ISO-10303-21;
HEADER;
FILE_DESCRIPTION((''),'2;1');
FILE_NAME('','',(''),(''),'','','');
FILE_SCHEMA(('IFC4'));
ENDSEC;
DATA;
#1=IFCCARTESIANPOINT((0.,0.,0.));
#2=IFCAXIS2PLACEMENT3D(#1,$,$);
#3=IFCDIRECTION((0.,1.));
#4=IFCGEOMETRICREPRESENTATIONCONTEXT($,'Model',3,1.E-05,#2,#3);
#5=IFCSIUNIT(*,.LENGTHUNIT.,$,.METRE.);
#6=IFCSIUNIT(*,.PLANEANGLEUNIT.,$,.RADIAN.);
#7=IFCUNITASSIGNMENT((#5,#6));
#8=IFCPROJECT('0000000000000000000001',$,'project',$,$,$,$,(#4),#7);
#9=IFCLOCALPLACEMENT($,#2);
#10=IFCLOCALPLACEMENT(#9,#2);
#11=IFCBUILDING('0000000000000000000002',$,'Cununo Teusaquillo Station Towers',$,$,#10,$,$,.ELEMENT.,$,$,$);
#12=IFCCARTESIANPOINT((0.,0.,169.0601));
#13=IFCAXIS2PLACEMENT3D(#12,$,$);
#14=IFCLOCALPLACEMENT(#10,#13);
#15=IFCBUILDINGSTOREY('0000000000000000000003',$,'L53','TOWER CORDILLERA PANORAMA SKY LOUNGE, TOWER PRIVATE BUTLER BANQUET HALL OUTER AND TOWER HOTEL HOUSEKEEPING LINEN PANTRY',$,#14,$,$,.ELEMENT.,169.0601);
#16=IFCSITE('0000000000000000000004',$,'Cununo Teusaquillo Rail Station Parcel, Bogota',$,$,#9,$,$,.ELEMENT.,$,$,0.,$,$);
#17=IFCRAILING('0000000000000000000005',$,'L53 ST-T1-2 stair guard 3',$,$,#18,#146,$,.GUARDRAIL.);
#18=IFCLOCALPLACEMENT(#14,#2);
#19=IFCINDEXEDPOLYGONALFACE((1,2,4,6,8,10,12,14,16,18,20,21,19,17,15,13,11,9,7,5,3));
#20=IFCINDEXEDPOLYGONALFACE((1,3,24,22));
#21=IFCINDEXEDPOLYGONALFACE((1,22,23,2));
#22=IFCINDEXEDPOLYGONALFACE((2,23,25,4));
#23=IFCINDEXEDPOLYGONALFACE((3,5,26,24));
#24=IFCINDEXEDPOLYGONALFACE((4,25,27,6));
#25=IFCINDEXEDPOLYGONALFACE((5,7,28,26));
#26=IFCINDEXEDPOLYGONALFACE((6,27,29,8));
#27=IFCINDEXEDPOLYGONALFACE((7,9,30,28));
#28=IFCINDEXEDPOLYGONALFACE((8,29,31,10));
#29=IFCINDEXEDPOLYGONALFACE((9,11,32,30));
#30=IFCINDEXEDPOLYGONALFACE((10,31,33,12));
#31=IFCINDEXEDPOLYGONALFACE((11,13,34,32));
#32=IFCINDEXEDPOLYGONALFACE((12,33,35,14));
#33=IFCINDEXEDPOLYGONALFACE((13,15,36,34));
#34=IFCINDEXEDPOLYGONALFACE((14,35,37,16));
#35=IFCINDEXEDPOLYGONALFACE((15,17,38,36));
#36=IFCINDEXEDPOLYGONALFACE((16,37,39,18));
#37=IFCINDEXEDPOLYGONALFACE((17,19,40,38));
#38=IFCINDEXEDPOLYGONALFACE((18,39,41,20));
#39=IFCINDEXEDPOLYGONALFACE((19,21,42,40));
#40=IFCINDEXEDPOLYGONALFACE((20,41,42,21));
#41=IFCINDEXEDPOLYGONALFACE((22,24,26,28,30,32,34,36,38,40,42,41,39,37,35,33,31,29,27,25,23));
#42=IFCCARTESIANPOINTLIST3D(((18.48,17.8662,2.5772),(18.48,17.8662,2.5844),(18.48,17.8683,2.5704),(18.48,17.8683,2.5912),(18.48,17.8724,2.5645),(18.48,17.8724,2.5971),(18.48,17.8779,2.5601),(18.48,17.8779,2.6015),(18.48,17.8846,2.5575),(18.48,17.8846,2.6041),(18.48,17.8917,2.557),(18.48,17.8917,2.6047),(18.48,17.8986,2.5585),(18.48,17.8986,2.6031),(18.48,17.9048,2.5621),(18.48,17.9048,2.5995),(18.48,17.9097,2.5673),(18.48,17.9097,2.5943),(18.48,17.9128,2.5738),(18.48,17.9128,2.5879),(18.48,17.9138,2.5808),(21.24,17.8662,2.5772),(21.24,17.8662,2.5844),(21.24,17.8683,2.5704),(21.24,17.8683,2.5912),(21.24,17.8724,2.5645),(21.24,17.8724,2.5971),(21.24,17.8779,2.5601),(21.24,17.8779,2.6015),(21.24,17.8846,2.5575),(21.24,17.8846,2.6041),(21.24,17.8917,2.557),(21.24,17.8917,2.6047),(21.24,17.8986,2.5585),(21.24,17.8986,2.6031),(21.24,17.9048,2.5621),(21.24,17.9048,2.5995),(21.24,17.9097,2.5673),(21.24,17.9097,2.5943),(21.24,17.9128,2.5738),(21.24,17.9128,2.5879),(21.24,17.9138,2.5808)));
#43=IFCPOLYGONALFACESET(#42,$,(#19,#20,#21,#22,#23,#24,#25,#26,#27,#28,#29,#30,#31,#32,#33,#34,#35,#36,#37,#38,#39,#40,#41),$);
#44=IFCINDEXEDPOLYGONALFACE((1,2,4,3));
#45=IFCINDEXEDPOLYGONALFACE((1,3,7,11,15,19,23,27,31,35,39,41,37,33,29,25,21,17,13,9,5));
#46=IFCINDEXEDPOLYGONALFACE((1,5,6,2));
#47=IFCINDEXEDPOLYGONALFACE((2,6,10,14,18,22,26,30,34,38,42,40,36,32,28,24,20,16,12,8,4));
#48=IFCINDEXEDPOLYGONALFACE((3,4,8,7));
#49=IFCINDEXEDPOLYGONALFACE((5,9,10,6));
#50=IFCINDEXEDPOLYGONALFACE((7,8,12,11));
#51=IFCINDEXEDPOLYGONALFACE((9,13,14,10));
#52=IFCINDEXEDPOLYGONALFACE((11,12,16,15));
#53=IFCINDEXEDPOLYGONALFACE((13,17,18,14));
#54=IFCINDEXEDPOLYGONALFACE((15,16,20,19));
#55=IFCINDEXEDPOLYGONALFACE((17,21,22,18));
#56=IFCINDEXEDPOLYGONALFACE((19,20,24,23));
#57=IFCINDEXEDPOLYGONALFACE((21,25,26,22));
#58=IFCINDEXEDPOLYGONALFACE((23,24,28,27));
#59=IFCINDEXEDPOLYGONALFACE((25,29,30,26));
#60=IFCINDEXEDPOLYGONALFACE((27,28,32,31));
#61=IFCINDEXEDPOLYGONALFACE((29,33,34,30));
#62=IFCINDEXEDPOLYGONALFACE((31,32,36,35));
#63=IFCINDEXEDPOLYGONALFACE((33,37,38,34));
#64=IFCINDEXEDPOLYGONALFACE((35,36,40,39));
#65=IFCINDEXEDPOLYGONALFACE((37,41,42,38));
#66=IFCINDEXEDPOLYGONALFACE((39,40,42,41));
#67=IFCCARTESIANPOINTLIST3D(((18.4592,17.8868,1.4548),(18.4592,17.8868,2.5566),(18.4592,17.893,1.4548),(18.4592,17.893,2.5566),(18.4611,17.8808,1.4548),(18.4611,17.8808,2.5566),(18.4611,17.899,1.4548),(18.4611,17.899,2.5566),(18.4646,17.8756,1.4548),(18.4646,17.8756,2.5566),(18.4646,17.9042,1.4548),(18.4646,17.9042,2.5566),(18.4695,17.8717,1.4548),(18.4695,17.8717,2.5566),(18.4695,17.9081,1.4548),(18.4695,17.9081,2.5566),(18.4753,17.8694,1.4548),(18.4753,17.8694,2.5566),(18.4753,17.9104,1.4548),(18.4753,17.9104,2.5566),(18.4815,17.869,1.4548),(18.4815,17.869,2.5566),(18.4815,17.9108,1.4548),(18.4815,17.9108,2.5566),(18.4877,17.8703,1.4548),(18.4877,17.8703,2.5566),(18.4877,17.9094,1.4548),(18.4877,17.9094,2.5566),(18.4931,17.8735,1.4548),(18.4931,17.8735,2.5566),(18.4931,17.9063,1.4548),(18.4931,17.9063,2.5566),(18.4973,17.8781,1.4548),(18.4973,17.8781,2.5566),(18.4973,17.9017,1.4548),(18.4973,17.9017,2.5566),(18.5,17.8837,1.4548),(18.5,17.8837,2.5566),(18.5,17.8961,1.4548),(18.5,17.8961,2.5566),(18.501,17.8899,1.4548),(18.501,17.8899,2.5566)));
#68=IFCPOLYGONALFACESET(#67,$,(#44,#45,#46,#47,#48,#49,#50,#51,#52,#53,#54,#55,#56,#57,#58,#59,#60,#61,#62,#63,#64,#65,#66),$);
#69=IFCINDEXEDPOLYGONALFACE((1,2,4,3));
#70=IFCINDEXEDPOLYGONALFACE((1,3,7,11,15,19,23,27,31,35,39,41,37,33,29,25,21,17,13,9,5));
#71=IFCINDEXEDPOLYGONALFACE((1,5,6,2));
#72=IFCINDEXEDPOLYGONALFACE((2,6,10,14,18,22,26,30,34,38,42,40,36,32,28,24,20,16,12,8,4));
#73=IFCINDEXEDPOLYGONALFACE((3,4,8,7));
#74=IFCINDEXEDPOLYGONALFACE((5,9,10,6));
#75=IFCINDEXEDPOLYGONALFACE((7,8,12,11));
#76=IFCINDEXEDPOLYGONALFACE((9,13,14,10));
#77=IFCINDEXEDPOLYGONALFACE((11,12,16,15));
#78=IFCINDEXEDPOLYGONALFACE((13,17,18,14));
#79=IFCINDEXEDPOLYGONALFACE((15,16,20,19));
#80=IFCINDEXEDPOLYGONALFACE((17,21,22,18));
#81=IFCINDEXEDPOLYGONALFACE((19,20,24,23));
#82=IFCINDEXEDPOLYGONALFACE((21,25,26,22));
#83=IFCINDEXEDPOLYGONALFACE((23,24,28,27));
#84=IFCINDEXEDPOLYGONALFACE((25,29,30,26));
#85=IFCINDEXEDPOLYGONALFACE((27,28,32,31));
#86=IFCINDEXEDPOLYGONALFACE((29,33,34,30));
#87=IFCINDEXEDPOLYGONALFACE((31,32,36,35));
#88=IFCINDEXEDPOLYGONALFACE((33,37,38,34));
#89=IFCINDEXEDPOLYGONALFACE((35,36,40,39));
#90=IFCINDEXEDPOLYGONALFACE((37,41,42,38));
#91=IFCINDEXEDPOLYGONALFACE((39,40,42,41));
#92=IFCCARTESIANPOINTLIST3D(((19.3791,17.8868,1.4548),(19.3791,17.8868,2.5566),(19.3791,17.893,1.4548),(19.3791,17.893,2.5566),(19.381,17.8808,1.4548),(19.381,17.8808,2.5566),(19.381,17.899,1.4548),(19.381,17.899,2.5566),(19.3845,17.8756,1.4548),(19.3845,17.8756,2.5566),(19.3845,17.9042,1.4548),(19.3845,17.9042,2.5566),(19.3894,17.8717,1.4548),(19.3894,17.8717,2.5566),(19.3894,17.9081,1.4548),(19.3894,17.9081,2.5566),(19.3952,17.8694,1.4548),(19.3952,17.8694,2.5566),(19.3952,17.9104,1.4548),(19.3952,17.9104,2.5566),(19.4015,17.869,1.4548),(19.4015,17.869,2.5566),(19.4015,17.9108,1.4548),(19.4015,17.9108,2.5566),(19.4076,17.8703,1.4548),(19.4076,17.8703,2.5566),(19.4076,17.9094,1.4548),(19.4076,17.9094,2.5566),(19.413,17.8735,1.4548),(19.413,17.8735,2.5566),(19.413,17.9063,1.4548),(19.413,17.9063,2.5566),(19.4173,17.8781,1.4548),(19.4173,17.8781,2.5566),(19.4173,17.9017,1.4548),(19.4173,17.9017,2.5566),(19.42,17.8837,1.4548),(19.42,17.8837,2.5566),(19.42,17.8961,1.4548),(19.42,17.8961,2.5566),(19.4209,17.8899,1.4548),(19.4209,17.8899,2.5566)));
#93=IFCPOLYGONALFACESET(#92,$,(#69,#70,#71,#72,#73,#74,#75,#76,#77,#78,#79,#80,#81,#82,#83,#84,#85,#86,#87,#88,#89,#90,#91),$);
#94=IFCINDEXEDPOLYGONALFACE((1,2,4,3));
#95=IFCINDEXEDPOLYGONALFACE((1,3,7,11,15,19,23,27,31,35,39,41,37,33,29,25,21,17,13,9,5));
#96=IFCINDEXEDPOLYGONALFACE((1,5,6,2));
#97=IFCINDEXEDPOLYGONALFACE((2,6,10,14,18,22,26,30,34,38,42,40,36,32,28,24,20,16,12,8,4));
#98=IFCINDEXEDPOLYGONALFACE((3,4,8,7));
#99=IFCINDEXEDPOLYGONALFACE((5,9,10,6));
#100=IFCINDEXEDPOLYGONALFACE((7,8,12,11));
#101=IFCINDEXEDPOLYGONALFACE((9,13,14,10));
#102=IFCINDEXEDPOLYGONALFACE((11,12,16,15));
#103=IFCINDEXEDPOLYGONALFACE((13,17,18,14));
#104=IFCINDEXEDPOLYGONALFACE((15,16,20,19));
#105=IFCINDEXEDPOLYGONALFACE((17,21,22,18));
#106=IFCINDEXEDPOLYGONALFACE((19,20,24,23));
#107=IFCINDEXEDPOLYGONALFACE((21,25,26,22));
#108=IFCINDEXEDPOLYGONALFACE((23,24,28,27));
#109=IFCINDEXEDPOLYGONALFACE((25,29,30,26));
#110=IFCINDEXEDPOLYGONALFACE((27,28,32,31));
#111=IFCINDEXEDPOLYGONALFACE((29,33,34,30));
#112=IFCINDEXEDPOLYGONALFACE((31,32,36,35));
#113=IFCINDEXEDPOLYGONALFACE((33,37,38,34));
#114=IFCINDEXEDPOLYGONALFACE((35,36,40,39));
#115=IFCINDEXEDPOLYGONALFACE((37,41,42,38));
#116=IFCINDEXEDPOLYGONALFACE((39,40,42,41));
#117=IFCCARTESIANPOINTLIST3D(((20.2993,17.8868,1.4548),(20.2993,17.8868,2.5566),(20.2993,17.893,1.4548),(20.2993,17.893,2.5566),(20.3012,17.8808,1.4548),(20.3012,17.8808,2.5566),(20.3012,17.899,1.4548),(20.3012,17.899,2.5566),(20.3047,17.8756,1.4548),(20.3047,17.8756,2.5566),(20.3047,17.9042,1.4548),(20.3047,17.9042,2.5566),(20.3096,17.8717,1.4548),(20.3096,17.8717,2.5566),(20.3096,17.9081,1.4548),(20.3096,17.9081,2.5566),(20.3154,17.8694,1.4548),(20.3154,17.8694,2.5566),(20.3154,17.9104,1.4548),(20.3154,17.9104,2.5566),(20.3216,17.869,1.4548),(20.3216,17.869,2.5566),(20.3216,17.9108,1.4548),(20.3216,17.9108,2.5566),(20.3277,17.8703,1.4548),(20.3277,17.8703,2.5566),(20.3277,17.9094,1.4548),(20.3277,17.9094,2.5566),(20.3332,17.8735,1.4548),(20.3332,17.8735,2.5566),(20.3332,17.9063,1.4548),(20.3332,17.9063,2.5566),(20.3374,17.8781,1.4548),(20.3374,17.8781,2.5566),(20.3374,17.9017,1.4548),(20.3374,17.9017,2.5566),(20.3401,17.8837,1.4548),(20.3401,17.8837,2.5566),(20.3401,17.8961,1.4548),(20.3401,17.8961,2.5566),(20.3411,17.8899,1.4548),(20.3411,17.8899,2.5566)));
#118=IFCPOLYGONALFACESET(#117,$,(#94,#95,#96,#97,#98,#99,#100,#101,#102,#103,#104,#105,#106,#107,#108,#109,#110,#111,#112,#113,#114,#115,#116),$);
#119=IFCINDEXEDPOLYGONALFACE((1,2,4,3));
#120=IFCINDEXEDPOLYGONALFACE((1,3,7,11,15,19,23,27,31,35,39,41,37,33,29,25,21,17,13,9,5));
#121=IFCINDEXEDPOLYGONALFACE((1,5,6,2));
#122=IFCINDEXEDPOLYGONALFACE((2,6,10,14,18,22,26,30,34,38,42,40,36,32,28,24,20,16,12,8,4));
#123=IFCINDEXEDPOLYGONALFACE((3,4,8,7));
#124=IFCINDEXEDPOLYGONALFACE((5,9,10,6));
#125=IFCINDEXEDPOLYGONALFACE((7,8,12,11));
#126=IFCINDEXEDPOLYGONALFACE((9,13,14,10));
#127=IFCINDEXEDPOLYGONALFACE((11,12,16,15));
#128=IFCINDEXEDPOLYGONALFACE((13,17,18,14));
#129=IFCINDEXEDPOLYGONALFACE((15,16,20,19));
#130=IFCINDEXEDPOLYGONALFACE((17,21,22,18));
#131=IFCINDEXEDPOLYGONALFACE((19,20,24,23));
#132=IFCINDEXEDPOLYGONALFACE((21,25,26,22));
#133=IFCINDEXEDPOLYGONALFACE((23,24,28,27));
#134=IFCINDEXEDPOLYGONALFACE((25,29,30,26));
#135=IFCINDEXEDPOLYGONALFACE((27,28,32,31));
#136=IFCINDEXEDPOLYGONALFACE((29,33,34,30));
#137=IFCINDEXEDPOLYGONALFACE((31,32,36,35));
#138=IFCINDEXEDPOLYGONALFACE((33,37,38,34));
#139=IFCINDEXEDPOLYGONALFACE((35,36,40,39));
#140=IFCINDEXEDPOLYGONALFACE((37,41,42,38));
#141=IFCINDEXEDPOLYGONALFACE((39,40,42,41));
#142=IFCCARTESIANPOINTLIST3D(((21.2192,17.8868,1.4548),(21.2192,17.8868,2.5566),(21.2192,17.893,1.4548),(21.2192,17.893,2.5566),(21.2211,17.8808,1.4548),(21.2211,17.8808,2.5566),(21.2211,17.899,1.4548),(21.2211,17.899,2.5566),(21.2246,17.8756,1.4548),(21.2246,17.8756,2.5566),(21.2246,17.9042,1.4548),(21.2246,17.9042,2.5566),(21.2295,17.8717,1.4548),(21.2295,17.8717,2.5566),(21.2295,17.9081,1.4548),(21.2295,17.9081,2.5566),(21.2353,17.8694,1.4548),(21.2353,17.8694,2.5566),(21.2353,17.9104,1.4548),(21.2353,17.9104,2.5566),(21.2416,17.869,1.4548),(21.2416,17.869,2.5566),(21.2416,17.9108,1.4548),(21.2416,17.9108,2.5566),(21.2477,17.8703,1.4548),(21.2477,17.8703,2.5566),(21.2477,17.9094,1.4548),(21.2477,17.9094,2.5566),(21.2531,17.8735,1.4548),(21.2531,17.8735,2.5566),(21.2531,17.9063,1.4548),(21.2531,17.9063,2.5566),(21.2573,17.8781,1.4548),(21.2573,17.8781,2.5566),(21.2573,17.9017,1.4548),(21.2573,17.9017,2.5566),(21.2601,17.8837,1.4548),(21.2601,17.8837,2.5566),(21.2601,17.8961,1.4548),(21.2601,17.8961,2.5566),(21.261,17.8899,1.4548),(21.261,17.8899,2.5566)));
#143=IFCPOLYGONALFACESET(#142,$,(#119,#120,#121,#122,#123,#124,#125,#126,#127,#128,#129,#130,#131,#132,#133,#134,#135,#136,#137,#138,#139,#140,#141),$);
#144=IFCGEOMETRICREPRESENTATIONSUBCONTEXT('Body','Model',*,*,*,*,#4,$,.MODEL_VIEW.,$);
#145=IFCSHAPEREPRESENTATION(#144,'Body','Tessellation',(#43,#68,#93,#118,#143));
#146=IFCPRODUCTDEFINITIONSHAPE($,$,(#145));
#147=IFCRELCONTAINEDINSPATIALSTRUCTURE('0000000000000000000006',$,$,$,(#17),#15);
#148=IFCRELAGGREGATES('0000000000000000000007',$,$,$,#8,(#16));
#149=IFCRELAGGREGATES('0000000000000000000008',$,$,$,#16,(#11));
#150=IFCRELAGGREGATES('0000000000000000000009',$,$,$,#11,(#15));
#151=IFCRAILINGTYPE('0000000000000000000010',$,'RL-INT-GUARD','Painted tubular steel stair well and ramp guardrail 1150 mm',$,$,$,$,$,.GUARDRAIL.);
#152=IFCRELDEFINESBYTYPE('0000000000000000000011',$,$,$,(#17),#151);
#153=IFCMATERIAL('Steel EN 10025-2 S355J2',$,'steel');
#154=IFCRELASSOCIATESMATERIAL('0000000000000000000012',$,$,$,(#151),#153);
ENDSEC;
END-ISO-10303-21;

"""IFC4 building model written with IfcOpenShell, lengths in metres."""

from ifc_helpers import new_model, si_unit, direction, frame, origin, origin_2d, place, context, subcontext, project, spatial, circle, extrude, material, type_object, element, save


model = new_model("IFC4")

# Units and contexts
model_context = context("Model", 3, precision=1e-05, world=origin(), true_north=direction((0.0, 1.0)))
body_context = subcontext(model_context, "Body", "Model", "MODEL_VIEW")
ifc_project = project(units=[si_unit("LENGTHUNIT", "METRE"), si_unit("PLANEANGLEUNIT", "RADIAN")], contexts=[model_context])

# Site, building, storey
site_placement = place(None, origin())
site = spatial("IfcSite", under=ifc_project, at=site_placement, Name="Cununo Teusaquillo Rail Station Parcel, Bogota", CompositionType="ELEMENT", RefElevation=0.0)
building_placement = place(site_placement, origin())
building = spatial("IfcBuilding", under=site, at=building_placement, Name="Cununo Teusaquillo Station Towers", CompositionType="ELEMENT")
storey_placement = place(building_placement, frame((0.0, 0.0, 169.0601)))
storey = spatial("IfcBuildingStorey", under=building, at=storey_placement, Name="L53", Description="TOWER CORDILLERA PANORAMA SKY LOUNGE, TOWER PRIVATE BUTLER BANQUET HALL OUTER AND TOWER HOTEL HOUSEKEEPING LINEN PANTRY", CompositionType="ELEMENT", Elevation=169.0601)

# Railing
ifc_material_1 = material(Name="Steel EN 10025-2 S355J2", Category="steel")
railing_type_1 = type_object("IfcRailingType", Name="RL-INT-GUARD", Description="Painted tubular steel stair well and ramp guardrail 1150 mm", PredefinedType="GUARDRAIL", material=ifc_material_1)
railing_1_placement = place(storey_placement, frame((18.48, 17.8899, 1.4548)))
element("IfcRailing", 1, at=railing_1_placement, inside=storey, type_object=railing_type_1, Name="L53 ST-T1-2 stair guard 3", PredefinedType="GUARDRAIL", context=body_context, shape_type="SweptSolid", body=[
    extrude(circle(Radius=0.0239, at=origin_2d()), frame((0.0, 0.0, 1.126), z_axis=(1.0, 0.0, 0.0), x_axis=(0.0, 1.0, 0.0)), (0.0, 0.0, 1.0), 2.76),
    extrude(circle(Radius=0.021, at=origin_2d()), origin(), (0.0, 0.0, 1.0), 1.1018),
    extrude(circle(Radius=0.021, at=origin_2d()), frame((0.9199, 0.0, 0.0)), (0.0, 0.0, 1.0), 1.1018),
    extrude(circle(Radius=0.021, at=origin_2d()), frame((1.8401, 0.0, 0.0)), (0.0, 0.0, 1.0), 1.1018),
    extrude(circle(Radius=0.021, at=origin_2d()), frame((2.76, 0.0, 0.0)), (0.0, 0.0, 1.0), 1.1018),
])

save(model, "model.ifc")
